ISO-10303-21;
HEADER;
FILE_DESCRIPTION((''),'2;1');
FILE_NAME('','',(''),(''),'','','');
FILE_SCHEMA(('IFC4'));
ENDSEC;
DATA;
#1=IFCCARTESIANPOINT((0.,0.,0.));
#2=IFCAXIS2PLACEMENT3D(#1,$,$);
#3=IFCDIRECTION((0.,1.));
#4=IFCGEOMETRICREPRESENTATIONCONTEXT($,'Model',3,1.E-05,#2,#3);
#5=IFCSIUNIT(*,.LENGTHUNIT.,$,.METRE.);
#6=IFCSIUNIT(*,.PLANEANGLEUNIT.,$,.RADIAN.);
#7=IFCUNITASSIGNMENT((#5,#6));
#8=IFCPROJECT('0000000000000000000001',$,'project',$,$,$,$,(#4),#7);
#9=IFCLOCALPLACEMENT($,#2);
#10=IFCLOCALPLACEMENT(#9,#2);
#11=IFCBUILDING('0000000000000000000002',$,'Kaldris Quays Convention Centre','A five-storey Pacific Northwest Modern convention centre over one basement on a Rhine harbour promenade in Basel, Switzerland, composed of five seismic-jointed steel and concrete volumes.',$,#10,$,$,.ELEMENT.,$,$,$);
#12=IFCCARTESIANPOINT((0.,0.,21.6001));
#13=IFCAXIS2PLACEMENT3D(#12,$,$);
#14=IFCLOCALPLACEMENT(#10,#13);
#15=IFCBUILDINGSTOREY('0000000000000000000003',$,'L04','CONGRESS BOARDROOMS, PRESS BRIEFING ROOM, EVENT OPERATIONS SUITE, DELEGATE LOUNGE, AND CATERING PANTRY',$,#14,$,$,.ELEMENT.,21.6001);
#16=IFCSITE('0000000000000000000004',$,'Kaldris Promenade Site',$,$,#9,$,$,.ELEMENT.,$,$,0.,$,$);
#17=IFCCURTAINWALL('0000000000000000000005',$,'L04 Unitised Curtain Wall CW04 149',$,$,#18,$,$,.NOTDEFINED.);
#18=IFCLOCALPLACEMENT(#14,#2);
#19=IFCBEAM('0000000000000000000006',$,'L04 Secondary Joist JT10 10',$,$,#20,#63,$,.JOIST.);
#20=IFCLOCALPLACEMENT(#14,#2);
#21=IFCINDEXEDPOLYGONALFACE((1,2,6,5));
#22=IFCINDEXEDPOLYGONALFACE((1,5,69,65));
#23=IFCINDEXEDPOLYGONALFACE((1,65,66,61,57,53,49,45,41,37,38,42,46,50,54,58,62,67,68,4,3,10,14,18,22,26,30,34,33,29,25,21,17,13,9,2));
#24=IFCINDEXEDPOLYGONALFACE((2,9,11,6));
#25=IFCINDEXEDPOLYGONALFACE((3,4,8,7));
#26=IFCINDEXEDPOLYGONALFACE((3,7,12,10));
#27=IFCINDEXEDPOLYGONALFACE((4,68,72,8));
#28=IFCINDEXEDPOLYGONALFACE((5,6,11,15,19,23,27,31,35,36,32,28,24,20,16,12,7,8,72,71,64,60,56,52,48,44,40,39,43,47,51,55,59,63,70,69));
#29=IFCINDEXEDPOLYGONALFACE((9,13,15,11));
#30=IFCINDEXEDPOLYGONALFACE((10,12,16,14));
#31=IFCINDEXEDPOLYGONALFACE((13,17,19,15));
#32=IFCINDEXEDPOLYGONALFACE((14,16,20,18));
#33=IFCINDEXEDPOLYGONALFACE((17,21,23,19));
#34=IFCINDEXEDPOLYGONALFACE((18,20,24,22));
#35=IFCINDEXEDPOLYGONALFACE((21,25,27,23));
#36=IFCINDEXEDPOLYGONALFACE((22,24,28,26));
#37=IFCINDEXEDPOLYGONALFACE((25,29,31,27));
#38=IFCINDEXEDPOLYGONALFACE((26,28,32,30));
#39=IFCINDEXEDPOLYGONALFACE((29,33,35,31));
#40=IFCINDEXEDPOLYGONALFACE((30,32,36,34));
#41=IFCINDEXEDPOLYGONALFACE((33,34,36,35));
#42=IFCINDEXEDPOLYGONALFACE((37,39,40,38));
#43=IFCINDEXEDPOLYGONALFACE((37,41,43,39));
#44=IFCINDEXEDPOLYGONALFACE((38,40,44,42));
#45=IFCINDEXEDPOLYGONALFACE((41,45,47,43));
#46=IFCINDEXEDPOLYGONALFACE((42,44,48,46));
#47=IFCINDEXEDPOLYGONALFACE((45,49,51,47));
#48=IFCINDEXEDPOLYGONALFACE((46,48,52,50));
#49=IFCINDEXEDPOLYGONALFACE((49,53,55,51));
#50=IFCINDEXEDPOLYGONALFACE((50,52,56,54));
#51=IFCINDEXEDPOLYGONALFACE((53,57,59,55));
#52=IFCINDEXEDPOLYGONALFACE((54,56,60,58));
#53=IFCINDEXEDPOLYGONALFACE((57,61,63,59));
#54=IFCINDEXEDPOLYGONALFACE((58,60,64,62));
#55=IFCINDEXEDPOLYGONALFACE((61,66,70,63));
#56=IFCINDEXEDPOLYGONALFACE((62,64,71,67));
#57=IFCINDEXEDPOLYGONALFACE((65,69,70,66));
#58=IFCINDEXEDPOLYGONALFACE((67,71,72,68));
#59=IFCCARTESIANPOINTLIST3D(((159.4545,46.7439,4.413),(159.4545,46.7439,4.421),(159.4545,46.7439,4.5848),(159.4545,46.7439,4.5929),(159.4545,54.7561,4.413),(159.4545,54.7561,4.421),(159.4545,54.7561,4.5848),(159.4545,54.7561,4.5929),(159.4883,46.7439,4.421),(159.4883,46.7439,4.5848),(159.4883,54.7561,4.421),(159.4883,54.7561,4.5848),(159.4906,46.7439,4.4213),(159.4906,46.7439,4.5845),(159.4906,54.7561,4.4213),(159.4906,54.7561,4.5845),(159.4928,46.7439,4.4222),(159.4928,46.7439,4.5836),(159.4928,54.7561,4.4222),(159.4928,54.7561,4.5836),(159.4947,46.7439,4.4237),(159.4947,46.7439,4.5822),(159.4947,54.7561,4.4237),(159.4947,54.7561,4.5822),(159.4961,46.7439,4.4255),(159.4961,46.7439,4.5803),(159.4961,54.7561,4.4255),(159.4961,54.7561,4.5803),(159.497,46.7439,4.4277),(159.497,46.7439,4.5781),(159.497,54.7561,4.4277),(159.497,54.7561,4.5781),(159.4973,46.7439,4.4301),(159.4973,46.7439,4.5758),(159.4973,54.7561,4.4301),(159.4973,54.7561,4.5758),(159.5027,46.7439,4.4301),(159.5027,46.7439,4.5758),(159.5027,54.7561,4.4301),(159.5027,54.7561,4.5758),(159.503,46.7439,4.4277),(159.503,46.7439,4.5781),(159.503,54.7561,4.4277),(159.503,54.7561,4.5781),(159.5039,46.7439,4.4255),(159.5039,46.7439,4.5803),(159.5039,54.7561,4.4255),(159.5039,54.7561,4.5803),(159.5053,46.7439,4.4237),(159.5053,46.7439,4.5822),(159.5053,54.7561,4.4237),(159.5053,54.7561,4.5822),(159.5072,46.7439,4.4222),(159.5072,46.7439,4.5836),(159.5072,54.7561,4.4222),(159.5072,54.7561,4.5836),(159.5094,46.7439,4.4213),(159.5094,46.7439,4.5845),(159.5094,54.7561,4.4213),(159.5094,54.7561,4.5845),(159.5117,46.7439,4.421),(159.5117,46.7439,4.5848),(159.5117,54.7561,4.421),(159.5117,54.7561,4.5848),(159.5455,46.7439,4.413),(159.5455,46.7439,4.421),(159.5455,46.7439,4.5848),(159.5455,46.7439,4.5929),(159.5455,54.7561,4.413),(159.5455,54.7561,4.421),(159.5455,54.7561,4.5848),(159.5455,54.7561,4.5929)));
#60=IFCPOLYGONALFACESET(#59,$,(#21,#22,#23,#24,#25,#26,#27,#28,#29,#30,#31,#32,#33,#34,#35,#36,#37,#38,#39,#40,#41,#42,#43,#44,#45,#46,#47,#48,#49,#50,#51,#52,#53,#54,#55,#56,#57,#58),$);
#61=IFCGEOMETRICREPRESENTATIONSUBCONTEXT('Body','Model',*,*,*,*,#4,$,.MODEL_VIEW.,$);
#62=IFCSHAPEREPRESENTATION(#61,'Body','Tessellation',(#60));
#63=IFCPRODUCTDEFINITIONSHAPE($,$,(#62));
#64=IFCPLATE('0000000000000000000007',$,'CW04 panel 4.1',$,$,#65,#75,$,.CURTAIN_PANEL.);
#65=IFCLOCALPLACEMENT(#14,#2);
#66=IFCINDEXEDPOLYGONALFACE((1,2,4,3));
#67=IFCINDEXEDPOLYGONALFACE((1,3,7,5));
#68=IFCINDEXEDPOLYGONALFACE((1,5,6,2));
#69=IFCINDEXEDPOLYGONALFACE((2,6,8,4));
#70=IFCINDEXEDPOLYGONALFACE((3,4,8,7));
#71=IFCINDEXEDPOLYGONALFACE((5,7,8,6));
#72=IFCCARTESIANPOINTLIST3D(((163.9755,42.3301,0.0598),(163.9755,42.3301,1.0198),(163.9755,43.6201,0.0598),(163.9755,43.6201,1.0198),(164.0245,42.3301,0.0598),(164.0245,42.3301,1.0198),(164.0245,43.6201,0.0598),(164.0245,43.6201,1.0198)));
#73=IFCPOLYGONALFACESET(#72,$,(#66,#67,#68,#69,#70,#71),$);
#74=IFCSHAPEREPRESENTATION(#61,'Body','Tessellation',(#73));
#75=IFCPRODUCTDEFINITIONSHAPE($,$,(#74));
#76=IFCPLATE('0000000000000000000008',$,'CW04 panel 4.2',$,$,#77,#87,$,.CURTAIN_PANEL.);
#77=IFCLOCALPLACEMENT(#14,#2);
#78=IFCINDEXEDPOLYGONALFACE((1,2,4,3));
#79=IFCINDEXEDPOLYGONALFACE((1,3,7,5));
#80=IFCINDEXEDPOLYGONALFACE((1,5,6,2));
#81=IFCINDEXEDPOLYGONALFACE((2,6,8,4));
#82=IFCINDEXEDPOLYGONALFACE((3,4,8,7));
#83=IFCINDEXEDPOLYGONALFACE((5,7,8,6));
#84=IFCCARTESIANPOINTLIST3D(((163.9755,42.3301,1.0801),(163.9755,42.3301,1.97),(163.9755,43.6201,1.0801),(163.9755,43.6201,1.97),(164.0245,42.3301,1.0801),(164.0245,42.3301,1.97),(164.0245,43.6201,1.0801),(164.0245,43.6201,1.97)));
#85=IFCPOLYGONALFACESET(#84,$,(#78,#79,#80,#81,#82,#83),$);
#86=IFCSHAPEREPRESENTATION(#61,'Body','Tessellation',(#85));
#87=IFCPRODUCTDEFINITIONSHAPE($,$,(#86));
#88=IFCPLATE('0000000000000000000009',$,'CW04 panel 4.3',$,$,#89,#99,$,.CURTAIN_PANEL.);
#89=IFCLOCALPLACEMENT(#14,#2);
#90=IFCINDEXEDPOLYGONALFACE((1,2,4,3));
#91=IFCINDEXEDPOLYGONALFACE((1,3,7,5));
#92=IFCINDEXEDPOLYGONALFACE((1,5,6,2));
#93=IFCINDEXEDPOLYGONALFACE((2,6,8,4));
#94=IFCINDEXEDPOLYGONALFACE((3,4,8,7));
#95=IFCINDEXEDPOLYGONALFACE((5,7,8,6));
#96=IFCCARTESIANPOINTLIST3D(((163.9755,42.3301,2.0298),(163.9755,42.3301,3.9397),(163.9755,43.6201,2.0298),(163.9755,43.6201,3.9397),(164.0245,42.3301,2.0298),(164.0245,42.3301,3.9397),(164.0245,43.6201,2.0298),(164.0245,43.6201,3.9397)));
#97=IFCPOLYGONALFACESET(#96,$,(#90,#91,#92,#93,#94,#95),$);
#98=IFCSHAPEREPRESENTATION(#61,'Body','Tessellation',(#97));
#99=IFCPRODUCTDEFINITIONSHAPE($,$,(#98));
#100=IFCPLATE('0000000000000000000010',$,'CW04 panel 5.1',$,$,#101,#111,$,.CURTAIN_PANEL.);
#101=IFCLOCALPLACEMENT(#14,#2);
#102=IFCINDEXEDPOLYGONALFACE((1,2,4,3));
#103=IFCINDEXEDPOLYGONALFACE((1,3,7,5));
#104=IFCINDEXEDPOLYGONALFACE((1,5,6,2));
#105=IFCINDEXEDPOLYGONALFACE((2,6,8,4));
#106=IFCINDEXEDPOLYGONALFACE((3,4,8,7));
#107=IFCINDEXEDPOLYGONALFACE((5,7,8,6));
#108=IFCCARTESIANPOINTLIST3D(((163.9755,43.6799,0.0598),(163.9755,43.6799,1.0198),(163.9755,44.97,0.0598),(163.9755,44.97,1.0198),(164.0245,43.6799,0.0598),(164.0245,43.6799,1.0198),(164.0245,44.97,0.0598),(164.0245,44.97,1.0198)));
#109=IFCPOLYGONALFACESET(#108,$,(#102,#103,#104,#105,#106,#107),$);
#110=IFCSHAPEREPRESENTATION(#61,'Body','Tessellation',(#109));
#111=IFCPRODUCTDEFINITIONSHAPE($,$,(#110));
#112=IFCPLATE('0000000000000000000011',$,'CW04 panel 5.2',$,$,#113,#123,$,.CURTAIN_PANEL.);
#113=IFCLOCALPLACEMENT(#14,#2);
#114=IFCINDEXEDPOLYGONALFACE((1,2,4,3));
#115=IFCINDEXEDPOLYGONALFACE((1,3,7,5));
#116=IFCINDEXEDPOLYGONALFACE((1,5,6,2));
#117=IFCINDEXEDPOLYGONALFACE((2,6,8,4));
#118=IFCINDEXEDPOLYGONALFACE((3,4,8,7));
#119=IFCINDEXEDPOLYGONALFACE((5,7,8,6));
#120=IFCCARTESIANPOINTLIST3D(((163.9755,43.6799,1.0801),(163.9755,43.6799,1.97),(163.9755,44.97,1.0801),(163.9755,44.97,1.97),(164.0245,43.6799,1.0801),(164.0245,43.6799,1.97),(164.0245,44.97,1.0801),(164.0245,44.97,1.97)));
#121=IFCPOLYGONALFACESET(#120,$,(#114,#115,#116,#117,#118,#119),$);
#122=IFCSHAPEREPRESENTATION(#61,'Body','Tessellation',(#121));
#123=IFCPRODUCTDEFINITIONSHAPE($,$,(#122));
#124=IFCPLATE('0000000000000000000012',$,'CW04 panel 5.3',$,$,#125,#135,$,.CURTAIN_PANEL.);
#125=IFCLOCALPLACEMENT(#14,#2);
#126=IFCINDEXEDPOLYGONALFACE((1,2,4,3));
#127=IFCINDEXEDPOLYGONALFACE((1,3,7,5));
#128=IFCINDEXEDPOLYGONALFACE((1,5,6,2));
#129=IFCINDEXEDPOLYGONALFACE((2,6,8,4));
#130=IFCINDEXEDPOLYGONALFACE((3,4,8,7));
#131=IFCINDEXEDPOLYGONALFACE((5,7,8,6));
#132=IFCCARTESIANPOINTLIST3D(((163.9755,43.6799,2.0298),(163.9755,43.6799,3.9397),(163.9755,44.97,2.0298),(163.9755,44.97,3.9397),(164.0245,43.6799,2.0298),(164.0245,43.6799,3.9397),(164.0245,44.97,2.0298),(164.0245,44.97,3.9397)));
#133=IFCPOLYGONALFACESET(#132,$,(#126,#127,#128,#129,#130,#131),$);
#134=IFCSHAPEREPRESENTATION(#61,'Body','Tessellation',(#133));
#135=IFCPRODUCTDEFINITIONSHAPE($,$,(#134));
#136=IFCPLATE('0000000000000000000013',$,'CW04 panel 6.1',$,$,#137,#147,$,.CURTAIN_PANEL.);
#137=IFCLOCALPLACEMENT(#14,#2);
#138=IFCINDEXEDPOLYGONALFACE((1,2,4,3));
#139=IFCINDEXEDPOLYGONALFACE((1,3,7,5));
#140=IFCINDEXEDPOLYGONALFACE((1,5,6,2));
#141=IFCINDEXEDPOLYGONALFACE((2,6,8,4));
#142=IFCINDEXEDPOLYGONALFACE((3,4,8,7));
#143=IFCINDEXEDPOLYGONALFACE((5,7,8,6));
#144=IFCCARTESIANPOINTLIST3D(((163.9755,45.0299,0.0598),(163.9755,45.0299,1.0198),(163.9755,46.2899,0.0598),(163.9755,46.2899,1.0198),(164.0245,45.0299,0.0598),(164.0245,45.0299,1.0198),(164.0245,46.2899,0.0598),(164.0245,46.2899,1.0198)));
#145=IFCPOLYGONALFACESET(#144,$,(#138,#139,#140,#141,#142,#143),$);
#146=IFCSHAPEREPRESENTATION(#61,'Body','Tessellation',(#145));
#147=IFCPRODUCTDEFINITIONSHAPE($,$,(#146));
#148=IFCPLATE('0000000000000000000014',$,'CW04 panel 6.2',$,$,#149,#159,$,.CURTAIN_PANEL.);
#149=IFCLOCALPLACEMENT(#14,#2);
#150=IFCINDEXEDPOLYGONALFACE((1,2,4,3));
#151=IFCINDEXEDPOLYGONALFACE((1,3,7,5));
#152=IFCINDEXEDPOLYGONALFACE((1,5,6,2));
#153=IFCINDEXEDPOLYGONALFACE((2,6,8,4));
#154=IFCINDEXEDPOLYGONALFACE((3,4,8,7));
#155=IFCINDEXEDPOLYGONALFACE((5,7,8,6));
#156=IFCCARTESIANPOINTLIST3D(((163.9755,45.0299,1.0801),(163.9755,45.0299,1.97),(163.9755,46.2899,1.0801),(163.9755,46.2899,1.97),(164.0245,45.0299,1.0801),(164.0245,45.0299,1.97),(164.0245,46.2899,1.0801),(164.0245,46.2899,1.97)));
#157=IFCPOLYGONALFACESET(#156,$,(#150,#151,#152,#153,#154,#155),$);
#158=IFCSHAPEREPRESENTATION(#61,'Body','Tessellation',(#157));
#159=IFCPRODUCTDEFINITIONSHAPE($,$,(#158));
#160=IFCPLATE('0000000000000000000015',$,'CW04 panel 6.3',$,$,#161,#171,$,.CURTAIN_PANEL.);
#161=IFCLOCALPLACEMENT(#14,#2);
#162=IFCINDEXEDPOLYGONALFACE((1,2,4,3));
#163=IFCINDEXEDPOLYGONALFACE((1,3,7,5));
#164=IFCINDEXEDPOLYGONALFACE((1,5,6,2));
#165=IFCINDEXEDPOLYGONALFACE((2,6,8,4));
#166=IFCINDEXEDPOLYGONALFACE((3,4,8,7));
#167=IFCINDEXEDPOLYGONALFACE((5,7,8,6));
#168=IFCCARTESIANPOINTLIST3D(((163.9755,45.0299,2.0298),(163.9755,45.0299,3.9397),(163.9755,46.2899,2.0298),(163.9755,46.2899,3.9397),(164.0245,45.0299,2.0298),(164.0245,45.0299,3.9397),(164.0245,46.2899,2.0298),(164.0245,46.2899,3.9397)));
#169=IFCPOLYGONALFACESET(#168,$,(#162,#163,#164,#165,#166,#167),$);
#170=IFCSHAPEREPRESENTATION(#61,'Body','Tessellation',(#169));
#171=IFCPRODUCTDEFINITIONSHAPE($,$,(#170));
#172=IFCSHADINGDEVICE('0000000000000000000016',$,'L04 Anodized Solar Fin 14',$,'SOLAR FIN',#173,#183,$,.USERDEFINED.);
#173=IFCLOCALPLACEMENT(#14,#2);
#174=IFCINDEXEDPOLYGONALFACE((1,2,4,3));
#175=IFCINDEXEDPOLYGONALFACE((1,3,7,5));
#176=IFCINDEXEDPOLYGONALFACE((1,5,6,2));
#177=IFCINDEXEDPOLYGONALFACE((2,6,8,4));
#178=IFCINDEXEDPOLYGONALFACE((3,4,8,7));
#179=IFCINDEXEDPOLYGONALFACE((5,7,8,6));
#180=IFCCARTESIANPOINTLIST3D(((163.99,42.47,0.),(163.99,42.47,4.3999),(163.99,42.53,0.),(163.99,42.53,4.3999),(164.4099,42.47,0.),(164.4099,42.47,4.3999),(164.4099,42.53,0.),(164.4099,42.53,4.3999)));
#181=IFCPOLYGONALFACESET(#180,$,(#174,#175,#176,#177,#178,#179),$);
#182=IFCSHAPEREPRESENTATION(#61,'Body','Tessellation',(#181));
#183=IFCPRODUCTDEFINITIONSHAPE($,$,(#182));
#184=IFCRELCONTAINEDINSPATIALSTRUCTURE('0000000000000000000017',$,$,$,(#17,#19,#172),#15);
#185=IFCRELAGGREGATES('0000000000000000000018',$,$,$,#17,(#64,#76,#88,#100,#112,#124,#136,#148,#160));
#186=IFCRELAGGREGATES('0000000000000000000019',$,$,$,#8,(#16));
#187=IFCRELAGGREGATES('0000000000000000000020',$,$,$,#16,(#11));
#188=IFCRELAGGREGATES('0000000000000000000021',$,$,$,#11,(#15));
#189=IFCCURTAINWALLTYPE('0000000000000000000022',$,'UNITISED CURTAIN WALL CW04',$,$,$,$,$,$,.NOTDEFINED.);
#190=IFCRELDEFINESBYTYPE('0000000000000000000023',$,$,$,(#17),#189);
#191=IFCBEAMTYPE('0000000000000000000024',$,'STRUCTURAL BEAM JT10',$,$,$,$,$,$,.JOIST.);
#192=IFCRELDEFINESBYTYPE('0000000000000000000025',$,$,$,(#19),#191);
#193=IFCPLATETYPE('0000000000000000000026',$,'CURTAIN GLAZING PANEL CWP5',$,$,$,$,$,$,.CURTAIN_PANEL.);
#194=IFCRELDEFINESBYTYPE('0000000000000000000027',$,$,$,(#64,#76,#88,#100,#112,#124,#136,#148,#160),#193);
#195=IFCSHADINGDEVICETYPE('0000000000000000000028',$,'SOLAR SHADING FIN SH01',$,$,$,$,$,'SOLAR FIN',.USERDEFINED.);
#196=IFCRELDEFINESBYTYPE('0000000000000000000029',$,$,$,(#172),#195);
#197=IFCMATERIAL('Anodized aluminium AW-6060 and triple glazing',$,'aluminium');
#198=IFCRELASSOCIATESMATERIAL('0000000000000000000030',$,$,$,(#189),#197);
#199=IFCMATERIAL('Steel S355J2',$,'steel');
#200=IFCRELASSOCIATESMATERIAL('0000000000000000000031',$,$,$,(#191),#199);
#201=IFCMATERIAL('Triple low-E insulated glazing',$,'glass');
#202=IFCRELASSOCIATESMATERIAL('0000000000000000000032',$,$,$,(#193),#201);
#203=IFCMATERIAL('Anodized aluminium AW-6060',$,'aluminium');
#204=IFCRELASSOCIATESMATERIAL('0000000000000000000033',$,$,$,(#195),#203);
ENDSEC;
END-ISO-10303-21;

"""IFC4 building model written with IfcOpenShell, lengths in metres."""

from ifc_helpers import new_model, si_unit, direction, frame, origin, origin_2d, place, context, subcontext, project, spatial, rectangle, i_section, extrude, material, material_profile, profile_set, type_object, element, aggregate, save


model = new_model("IFC4")

# Units and contexts
model_context = context("Model", 3, precision=1e-05, world=origin(), true_north=direction((0.0, 1.0)))
body_context = subcontext(model_context, "Body", "Model", "MODEL_VIEW")
ifc_project = project(units=[si_unit("LENGTHUNIT", "METRE"), si_unit("PLANEANGLEUNIT", "RADIAN")], contexts=[model_context])

# Site, building, storey
site_placement = place(None, origin())
site = spatial("IfcSite", under=ifc_project, at=site_placement, Name="Kaldris Promenade Site", CompositionType="ELEMENT", RefElevation=0.0)
building_placement = place(site_placement, origin())
building = spatial("IfcBuilding", under=site, at=building_placement, Name="Kaldris Quays Convention Centre", Description="A five-storey Pacific Northwest Modern convention centre over one basement on a Rhine harbour promenade in Basel, Switzerland, composed of five seismic-jointed steel and concrete volumes.", CompositionType="ELEMENT")
storey_placement = place(building_placement, frame((0.0, 0.0, 21.6001)))
storey = spatial("IfcBuildingStorey", under=building, at=storey_placement, Name="L04", Description="CONGRESS BOARDROOMS, PRESS BRIEFING ROOM, EVENT OPERATIONS SUITE, DELEGATE LOUNGE, AND CATERING PANTRY", CompositionType="ELEMENT", Elevation=21.6001)

# Shared definitions
ifc_material_1 = material(Name="Steel S355J2", Category="steel")

# Curtain wall
ifc_material_2 = material(Name="Anodized aluminium AW-6060 and triple glazing", Category="aluminium")
curtain_wall_type = type_object("IfcCurtainWallType", Name="UNITISED CURTAIN WALL CW04", PredefinedType="NOTDEFINED", material=ifc_material_2)
curtain_wall_placement = place(storey_placement, origin())
curtain_wall = element("IfcCurtainWall", 1, at=curtain_wall_placement, inside=storey, type_object=curtain_wall_type, Name="L04 Unitised Curtain Wall CW04 149", PredefinedType="NOTDEFINED")
ifc_material_3 = material(Name="Anodized aluminium AW-6060", Category="aluminium")

# Beam
ifc_material_profile_1 = material_profile(ifc_material_1, i_section(OverallWidth=0.0911, OverallDepth=0.1799, WebThickness=0.0054, FlangeThickness=0.0081, FilletRadius=0.009, at=origin_2d()), Name="IPE 180")
ifc_profile_set_1 = profile_set([ifc_material_profile_1], Name="Steel S355J2")
beam_type_1 = type_object("IfcBeamType", Name="STRUCTURAL BEAM JT10", PredefinedType="JOIST", material=ifc_profile_set_1)
beam_1_placement = place(storey_placement, frame((159.5, 46.7439, 4.5029), z_axis=(0.0, 1.0, 0.0), x_axis=(-1.0, 0.0, 0.0)))
element("IfcBeam", 2, at=beam_1_placement, inside=storey, type_object=beam_type_1, Name="L04 Secondary Joist JT10 10", PredefinedType="JOIST", context=body_context, shape_type="SweptSolid", body=[
    extrude(i_section(OverallWidth=0.0911, OverallDepth=0.1799, WebThickness=0.0054, FlangeThickness=0.0081, FilletRadius=0.009, at=origin_2d()), origin(), (0.0, 0.0, 1.0), 8.0122),
])

# Plates
ifc_material_4 = material(Name="Triple low-E insulated glazing", Category="glass")
plate_type = type_object("IfcPlateType", Name="CURTAIN GLAZING PANEL CWP5", PredefinedType="CURTAIN_PANEL", material=ifc_material_4)
plate_1_placement = place(storey_placement, frame((164.0, 42.9751, 0.0598), z_axis=(0.0, 0.0, 1.0), x_axis=(0.0, 1.0, 0.0)))
plate_1 = element("IfcPlate", 3, at=plate_1_placement, type_object=plate_type, Name="CW04 panel 4.1", PredefinedType="CURTAIN_PANEL", context=body_context, shape_type="SweptSolid", body=[
    extrude(rectangle(XDim=1.29, YDim=0.0491, at=origin_2d()), origin(), (0.0, 0.0, 1.0), 0.96),
])
plate_2_placement = place(storey_placement, frame((164.0, 42.9751, 1.0801), z_axis=(0.0, 0.0, 1.0), x_axis=(0.0, 1.0, 0.0)))
plate_2 = element("IfcPlate", 4, at=plate_2_placement, type_object=plate_type, Name="CW04 panel 4.2", PredefinedType="CURTAIN_PANEL", context=body_context, shape_type="SweptSolid", body=[
    extrude(rectangle(XDim=1.29, YDim=0.0491, at=origin_2d()), origin(), (0.0, 0.0, 1.0), 0.8899),
])
plate_3_placement = place(storey_placement, frame((164.0, 42.9751, 2.0298), z_axis=(0.0, 0.0, 1.0), x_axis=(0.0, 1.0, 0.0)))
plate_3 = element("IfcPlate", 5, at=plate_3_placement, type_object=plate_type, Name="CW04 panel 4.3", PredefinedType="CURTAIN_PANEL", context=body_context, shape_type="SweptSolid", body=[
    extrude(rectangle(XDim=1.29, YDim=0.0491, at=origin_2d()), origin(), (0.0, 0.0, 1.0), 1.9099),
])
plate_4_placement = place(storey_placement, frame((164.0, 44.325, 0.0598), z_axis=(0.0, 0.0, 1.0), x_axis=(0.0, 1.0, 0.0)))
plate_4 = element("IfcPlate", 6, at=plate_4_placement, type_object=plate_type, Name="CW04 panel 5.1", PredefinedType="CURTAIN_PANEL", context=body_context, shape_type="SweptSolid", body=[
    extrude(rectangle(XDim=1.29, YDim=0.0491, at=origin_2d()), origin(), (0.0, 0.0, 1.0), 0.96),
])
plate_5_placement = place(storey_placement, frame((164.0, 44.325, 1.0801), z_axis=(0.0, 0.0, 1.0), x_axis=(0.0, 1.0, 0.0)))
plate_5 = element("IfcPlate", 7, at=plate_5_placement, type_object=plate_type, Name="CW04 panel 5.2", PredefinedType="CURTAIN_PANEL", context=body_context, shape_type="SweptSolid", body=[
    extrude(rectangle(XDim=1.29, YDim=0.0491, at=origin_2d()), origin(), (0.0, 0.0, 1.0), 0.8899),
])
plate_6_placement = place(storey_placement, frame((164.0, 44.325, 2.0298), z_axis=(0.0, 0.0, 1.0), x_axis=(0.0, 1.0, 0.0)))
plate_6 = element("IfcPlate", 8, at=plate_6_placement, type_object=plate_type, Name="CW04 panel 5.3", PredefinedType="CURTAIN_PANEL", context=body_context, shape_type="SweptSolid", body=[
    extrude(rectangle(XDim=1.29, YDim=0.0491, at=origin_2d()), origin(), (0.0, 0.0, 1.0), 1.9099),
])
plate_7_placement = place(storey_placement, frame((164.0, 45.6599, 0.0598), z_axis=(0.0, 0.0, 1.0), x_axis=(0.0, 1.0, 0.0)))
plate_7 = element("IfcPlate", 9, at=plate_7_placement, type_object=plate_type, Name="CW04 panel 6.1", PredefinedType="CURTAIN_PANEL", context=body_context, shape_type="SweptSolid", body=[
    extrude(rectangle(XDim=1.26, YDim=0.0491, at=origin_2d()), origin(), (0.0, 0.0, 1.0), 0.96),
])
plate_8_placement = place(storey_placement, frame((164.0, 45.6599, 1.0801), z_axis=(0.0, 0.0, 1.0), x_axis=(0.0, 1.0, 0.0)))
plate_8 = element("IfcPlate", 10, at=plate_8_placement, type_object=plate_type, Name="CW04 panel 6.2", PredefinedType="CURTAIN_PANEL", context=body_context, shape_type="SweptSolid", body=[
    extrude(rectangle(XDim=1.26, YDim=0.0491, at=origin_2d()), origin(), (0.0, 0.0, 1.0), 0.8899),
])
plate_9_placement = place(storey_placement, frame((164.0, 45.6599, 2.0298), z_axis=(0.0, 0.0, 1.0), x_axis=(0.0, 1.0, 0.0)))
plate_9 = element("IfcPlate", 11, at=plate_9_placement, type_object=plate_type, Name="CW04 panel 6.3", PredefinedType="CURTAIN_PANEL", context=body_context, shape_type="SweptSolid", body=[
    extrude(rectangle(XDim=1.26, YDim=0.0491, at=origin_2d()), origin(), (0.0, 0.0, 1.0), 1.9099),
])
aggregate(curtain_wall, [plate_1, plate_2, plate_3, plate_4, plate_5, plate_6, plate_7, plate_8, plate_9])

# Shading device
shading_device_type = type_object("IfcShadingDeviceType", Name="SOLAR SHADING FIN SH01", ElementType="SOLAR FIN", PredefinedType="USERDEFINED", material=ifc_material_3)
shading_device_placement = place(storey_placement, frame((164.2, 42.5, 0.0), z_axis=(0.0, 0.0, 1.0), x_axis=(1.0, 0.0, 0.0)))
element("IfcShadingDevice", 12, at=shading_device_placement, inside=storey, type_object=shading_device_type, Name="L04 Anodized Solar Fin 14", ObjectType="SOLAR FIN", PredefinedType="USERDEFINED", context=body_context, shape_type="SweptSolid", body=[
    extrude(rectangle(XDim=0.4199, YDim=0.0601, at=origin_2d()), origin(), (0.0, 0.0, 1.0), 4.3999),
])

save(model, "model.ifc")
